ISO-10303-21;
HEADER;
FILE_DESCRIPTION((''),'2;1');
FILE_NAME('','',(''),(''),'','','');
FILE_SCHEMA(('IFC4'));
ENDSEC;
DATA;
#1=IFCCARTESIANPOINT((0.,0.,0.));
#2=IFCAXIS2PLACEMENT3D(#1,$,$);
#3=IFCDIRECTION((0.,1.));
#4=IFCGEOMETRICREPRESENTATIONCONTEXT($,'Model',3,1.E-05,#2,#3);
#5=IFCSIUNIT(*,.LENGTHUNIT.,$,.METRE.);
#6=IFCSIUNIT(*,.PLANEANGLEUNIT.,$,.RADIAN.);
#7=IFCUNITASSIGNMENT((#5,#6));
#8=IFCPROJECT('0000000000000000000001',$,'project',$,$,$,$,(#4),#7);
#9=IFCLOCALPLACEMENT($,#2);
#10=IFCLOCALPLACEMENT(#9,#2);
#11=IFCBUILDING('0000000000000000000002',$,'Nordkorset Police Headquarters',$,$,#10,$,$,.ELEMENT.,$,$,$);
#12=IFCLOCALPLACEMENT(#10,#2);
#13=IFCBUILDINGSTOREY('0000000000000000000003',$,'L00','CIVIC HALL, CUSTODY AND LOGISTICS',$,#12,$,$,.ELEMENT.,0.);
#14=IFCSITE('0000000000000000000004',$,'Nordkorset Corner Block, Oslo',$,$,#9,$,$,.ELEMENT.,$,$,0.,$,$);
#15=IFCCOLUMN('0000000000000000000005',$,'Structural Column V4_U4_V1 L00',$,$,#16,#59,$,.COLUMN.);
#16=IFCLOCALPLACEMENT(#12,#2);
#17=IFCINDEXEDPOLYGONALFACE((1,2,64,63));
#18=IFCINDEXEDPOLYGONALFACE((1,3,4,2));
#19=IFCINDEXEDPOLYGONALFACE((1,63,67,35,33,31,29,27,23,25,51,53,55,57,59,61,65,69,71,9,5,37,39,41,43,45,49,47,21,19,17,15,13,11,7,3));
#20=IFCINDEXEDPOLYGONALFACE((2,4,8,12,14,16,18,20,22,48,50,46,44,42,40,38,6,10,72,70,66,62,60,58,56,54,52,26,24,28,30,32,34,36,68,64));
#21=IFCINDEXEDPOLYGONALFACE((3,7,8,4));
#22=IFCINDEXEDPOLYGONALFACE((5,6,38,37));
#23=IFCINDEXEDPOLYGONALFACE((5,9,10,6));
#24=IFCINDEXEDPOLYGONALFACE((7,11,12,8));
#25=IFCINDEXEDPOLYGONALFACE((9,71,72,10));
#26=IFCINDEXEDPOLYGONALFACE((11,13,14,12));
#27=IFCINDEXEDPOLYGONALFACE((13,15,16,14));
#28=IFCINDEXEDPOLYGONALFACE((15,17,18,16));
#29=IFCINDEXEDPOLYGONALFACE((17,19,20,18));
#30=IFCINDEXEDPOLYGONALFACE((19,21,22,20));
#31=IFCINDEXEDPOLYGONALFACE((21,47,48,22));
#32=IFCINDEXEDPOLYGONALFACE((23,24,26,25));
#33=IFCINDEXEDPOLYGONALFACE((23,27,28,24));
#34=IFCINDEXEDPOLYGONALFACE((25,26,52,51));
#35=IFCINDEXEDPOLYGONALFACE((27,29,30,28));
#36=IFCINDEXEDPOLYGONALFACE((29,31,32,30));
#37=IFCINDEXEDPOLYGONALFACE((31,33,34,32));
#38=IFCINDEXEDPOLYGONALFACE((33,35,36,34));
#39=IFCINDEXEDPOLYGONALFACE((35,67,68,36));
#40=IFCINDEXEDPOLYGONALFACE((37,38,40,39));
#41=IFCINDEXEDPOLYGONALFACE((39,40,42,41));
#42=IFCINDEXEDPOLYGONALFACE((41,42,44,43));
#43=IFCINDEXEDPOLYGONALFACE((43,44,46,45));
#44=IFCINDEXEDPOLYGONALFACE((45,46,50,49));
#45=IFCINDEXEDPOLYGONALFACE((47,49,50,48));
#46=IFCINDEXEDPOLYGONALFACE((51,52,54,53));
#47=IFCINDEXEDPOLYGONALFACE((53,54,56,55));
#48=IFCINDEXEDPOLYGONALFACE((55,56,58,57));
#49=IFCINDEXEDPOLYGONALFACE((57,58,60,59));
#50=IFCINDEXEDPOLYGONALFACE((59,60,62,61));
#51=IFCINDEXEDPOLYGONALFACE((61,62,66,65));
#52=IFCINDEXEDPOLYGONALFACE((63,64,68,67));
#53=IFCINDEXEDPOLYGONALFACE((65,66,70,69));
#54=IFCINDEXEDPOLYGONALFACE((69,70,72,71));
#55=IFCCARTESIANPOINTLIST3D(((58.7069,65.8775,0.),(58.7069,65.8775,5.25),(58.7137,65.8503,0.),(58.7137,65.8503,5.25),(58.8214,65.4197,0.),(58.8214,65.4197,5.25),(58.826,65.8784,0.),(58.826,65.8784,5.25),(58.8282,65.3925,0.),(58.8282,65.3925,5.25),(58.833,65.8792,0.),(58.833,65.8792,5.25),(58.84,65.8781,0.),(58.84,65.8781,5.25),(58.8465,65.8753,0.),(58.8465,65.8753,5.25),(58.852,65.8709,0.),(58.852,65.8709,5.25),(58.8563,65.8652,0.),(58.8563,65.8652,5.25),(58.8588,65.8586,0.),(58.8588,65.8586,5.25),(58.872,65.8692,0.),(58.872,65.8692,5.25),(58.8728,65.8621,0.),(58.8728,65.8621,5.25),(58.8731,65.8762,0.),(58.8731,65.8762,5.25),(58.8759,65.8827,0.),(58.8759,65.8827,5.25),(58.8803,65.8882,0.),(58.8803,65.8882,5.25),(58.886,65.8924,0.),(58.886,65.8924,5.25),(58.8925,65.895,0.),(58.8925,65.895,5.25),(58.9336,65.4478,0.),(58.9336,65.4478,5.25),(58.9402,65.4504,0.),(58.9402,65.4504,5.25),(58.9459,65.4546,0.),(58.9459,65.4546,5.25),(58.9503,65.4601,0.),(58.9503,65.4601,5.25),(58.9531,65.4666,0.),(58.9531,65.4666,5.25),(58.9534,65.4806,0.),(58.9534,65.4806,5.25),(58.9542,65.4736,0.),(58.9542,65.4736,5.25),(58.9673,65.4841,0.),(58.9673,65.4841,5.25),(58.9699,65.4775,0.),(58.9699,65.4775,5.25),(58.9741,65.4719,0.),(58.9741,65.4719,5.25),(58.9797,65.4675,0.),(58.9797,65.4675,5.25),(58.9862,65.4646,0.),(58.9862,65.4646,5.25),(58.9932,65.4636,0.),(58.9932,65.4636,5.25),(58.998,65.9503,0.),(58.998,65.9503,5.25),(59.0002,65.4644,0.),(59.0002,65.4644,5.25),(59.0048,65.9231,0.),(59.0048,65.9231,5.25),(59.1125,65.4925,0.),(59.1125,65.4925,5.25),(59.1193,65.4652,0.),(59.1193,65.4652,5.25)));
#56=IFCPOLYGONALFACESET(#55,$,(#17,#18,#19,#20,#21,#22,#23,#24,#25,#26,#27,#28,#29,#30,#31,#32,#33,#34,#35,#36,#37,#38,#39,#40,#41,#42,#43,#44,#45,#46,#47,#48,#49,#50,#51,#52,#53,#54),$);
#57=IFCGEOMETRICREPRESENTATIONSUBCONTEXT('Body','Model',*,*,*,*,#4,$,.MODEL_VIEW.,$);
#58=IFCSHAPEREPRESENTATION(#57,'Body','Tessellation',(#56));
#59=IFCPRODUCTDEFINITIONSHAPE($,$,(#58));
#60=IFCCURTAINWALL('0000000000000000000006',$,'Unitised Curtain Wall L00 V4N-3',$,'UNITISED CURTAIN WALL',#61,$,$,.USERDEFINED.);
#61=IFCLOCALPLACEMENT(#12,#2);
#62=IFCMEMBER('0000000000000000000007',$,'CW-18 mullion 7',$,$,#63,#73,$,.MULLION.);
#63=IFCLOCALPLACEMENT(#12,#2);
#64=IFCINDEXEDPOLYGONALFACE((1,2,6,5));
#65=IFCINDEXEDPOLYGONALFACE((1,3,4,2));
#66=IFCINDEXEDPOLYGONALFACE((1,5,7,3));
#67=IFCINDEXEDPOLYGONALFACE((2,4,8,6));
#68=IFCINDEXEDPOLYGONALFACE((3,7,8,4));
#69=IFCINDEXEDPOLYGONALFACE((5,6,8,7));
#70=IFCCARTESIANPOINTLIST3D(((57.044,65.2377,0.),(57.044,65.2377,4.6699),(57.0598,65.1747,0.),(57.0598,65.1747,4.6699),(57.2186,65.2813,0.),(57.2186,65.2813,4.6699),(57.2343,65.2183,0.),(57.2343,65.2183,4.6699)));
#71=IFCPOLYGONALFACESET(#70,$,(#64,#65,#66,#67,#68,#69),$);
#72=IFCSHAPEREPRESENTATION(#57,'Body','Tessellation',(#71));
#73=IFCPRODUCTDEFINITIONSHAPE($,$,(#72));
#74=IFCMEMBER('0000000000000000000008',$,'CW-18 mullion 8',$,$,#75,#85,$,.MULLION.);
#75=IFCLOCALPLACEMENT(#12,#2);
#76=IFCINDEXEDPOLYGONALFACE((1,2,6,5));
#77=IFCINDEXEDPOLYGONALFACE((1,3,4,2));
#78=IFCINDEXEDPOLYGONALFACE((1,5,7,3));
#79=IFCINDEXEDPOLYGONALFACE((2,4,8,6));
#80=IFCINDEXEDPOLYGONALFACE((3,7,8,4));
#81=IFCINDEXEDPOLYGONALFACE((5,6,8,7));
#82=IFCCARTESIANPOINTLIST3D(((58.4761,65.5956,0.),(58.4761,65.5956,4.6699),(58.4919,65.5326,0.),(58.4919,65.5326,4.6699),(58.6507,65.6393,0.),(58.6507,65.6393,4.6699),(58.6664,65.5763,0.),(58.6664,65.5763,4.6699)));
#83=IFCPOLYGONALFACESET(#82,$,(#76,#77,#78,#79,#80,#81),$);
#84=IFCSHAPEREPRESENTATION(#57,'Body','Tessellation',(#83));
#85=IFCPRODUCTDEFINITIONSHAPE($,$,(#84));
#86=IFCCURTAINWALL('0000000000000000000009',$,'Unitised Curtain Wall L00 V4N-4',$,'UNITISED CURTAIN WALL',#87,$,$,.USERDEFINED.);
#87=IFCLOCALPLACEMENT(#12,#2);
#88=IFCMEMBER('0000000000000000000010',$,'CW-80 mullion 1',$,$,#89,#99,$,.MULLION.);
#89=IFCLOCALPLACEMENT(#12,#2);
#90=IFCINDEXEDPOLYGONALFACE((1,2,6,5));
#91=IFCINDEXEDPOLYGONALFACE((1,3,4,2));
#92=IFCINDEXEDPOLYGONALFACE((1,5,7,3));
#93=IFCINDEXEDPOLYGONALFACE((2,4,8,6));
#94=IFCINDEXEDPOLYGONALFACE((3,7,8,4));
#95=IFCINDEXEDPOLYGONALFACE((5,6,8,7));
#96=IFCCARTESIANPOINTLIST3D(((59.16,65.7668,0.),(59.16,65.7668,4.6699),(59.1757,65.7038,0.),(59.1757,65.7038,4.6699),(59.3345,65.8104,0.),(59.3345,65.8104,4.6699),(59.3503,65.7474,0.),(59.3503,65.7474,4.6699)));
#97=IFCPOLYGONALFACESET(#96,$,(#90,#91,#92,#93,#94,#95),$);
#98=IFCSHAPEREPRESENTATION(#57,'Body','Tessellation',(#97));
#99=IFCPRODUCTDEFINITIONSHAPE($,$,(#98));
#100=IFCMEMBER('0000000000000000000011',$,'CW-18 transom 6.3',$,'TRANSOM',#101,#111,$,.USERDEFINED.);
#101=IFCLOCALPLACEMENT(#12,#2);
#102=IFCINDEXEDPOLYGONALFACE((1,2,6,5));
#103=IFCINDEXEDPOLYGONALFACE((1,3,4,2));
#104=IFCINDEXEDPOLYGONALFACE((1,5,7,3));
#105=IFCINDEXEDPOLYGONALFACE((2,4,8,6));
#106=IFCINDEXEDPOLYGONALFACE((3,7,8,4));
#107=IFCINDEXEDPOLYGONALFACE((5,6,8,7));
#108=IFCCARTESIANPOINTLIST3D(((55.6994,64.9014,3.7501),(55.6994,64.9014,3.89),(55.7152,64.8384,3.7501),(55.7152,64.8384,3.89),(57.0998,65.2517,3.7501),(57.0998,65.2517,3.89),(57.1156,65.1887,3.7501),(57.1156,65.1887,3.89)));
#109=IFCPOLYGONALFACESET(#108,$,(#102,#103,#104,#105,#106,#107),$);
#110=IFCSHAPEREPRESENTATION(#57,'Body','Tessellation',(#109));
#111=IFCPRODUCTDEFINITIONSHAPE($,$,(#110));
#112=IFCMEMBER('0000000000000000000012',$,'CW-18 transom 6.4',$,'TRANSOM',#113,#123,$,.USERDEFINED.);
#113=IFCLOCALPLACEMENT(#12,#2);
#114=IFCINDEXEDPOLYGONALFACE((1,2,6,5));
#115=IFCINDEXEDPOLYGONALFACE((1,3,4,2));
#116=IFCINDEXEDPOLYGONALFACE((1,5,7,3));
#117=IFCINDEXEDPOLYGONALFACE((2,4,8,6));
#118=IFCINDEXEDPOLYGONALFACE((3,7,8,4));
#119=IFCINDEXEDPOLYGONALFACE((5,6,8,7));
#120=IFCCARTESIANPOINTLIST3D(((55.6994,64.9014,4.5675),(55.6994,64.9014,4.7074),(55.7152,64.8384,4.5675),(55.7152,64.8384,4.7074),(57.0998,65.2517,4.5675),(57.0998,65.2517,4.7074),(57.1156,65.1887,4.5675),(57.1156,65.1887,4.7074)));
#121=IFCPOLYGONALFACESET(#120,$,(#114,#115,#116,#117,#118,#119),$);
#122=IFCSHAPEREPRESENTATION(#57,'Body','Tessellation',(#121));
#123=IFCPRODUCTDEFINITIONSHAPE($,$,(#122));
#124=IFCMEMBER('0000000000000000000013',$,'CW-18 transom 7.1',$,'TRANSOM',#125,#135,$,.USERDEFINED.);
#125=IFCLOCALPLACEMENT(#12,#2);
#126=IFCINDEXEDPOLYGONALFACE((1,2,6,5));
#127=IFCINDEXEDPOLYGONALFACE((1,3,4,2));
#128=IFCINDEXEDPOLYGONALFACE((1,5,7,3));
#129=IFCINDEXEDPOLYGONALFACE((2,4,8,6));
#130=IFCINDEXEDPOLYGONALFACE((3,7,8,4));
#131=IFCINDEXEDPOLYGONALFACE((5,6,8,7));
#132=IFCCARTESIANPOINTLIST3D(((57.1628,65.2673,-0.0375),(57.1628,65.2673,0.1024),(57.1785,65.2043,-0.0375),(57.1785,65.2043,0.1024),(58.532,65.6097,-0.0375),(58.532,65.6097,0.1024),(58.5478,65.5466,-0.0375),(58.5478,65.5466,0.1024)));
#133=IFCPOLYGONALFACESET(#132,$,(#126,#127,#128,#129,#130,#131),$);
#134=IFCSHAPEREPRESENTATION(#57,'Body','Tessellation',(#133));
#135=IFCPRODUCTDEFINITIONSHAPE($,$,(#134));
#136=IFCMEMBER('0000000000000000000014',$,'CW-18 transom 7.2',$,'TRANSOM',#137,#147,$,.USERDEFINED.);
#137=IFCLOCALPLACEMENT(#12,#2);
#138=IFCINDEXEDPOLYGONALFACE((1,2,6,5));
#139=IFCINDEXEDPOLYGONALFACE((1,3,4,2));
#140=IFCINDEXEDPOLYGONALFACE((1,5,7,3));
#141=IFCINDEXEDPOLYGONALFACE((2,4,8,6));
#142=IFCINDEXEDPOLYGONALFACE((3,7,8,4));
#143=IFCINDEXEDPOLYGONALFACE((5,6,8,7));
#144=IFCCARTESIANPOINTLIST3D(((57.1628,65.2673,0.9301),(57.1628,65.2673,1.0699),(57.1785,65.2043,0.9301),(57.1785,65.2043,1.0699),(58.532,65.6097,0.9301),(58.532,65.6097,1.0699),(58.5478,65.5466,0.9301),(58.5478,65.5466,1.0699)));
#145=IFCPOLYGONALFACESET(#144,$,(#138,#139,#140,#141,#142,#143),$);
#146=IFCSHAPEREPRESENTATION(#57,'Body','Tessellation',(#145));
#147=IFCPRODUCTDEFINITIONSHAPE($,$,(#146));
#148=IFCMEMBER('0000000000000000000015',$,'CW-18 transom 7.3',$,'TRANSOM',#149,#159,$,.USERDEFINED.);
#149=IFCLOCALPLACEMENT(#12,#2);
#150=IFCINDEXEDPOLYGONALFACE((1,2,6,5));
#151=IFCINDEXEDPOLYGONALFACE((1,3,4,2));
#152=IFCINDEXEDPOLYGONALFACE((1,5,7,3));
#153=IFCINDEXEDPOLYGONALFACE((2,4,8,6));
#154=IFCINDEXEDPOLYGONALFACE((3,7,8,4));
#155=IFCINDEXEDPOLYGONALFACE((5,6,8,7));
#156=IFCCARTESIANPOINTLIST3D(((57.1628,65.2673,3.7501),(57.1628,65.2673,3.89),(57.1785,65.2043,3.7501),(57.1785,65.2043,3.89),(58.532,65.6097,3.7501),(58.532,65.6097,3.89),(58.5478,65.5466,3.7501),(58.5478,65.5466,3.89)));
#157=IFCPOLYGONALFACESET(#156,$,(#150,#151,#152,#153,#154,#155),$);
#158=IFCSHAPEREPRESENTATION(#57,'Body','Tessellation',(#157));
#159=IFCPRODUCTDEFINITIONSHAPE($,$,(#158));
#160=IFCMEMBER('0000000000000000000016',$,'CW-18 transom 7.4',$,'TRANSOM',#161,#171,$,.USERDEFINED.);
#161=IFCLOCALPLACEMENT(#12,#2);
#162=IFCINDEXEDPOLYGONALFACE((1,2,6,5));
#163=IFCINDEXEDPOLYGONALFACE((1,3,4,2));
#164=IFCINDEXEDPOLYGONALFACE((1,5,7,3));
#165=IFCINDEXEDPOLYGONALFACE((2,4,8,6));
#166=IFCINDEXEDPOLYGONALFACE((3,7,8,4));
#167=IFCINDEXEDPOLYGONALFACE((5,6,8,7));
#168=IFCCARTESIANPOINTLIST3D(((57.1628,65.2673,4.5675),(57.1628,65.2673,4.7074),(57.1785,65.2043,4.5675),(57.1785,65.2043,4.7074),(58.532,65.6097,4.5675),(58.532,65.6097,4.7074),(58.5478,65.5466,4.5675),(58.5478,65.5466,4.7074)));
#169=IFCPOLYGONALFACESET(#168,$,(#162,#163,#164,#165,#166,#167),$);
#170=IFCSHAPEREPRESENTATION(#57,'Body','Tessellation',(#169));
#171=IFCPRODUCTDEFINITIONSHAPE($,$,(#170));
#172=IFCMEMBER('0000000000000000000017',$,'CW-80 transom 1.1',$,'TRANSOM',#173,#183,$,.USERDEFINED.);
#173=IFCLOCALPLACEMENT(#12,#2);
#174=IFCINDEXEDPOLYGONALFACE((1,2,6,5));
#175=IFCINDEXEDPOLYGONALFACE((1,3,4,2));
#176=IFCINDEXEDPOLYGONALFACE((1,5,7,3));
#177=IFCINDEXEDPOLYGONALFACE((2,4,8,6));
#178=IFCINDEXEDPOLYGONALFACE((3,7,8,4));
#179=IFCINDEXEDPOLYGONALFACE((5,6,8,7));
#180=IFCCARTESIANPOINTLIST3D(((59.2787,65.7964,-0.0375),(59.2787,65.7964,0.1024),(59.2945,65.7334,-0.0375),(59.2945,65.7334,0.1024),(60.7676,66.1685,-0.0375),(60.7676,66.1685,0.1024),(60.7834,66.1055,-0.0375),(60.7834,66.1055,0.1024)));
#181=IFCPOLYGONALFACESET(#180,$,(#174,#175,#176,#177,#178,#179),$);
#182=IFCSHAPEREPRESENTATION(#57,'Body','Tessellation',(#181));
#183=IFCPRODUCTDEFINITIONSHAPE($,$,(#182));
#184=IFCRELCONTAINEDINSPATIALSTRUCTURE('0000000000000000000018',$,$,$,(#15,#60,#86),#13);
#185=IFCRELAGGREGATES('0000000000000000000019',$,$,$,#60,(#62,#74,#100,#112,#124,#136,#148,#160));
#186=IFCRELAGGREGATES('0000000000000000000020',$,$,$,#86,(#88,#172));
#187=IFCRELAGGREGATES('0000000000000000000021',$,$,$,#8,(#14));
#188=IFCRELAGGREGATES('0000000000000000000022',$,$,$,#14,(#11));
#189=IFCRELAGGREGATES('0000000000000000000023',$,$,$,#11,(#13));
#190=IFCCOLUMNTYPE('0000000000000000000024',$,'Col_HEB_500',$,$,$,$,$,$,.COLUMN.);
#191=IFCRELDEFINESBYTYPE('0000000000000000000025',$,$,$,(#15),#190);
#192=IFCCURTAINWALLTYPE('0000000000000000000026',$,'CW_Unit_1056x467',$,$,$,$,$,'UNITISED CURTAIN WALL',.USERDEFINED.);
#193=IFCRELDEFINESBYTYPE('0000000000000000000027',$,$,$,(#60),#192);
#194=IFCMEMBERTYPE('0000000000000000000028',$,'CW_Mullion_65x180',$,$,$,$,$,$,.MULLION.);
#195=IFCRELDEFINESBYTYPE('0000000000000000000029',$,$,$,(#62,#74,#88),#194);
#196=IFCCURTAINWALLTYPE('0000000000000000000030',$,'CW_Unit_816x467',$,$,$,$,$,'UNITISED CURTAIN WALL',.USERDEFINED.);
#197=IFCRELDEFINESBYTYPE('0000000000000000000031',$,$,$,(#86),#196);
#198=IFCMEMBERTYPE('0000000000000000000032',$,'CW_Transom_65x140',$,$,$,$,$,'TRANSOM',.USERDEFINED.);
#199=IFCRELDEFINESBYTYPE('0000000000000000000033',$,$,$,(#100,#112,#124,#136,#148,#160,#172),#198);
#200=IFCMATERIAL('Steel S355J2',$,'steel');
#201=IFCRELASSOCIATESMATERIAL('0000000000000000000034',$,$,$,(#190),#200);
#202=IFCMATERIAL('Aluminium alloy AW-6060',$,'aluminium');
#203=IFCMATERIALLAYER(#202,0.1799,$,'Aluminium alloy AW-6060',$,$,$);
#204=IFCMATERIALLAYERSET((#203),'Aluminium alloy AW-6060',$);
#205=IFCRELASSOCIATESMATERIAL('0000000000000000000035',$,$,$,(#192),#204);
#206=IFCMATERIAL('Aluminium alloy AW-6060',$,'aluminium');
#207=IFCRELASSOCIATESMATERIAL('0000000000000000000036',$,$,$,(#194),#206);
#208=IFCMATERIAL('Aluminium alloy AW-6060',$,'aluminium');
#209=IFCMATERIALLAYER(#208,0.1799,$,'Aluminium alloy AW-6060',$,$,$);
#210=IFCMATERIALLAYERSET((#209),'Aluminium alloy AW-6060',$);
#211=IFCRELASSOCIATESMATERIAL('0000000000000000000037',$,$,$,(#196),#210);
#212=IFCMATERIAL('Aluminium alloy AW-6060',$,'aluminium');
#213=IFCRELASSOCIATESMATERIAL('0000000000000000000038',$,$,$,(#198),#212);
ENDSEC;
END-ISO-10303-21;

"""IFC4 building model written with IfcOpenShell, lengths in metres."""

from ifc_helpers import new_model, si_unit, direction, frame, origin, origin_2d, place, context, subcontext, project, spatial, rectangle, i_section, extrude, material, layer, layer_set, material_profile, profile_set, type_object, element, aggregate, save


model = new_model("IFC4")

# Units and contexts
model_context = context("Model", 3, precision=1e-05, world=origin(), true_north=direction((0.0, 1.0)))
body_context = subcontext(model_context, "Body", "Model", "MODEL_VIEW")
ifc_project = project(units=[si_unit("LENGTHUNIT", "METRE"), si_unit("PLANEANGLEUNIT", "RADIAN")], contexts=[model_context])

# Site, building, storey
site_placement = place(None, origin())
site = spatial("IfcSite", under=ifc_project, at=site_placement, Name="Nordkorset Corner Block, Oslo", CompositionType="ELEMENT", RefElevation=0.0)
building_placement = place(site_placement, origin())
building = spatial("IfcBuilding", under=site, at=building_placement, Name="Nordkorset Police Headquarters", CompositionType="ELEMENT")
storey_placement = place(building_placement, origin())
storey = spatial("IfcBuildingStorey", under=building, at=storey_placement, Name="L00", Description="CIVIC HALL, CUSTODY AND LOGISTICS", CompositionType="ELEMENT", Elevation=0.0)

# Column
ifc_material_1 = material(Name="Steel S355J2", Category="steel")
ifc_material_profile_1 = material_profile(ifc_material_1, i_section(OverallWidth=0.3, OverallDepth=0.5, WebThickness=0.0144, FlangeThickness=0.0281, FilletRadius=0.0271, at=origin_2d()), Name="HEB 500")
ifc_profile_set_1 = profile_set([ifc_material_profile_1], Name="Steel S355J2")
column_type = type_object("IfcColumnType", Name="Col_HEB_500", PredefinedType="COLUMN", material=ifc_profile_set_1)
column_placement = place(storey_placement, frame((58.9131, 65.6714, 0.0), z_axis=(0.0, 0.0, 1.0), x_axis=(0.970143, 0.242536, 0.0)))
element("IfcColumn", 1, at=column_placement, inside=storey, type_object=column_type, Name="Structural Column V4_U4_V1 L00", PredefinedType="COLUMN", context=body_context, shape_type="SweptSolid", body=[
    extrude(i_section(OverallWidth=0.3, OverallDepth=0.5, WebThickness=0.0144, FlangeThickness=0.0281, FilletRadius=0.0271, at=origin_2d()), origin(), (0.0, 0.0, 1.0), 5.25),
])

# Curtain wall, members
ifc_material_2 = material(Name="Aluminium alloy AW-6060", Category="aluminium")
ifc_layer_1 = layer(ifc_material_2, 0.1799, Name="Aluminium alloy AW-6060")
ifc_layer_set_1 = layer_set([ifc_layer_1], Name="Aluminium alloy AW-6060")
curtain_wall_type_1 = type_object("IfcCurtainWallType", Name="CW_Unit_1056x467", ElementType="UNITISED CURTAIN WALL", PredefinedType="USERDEFINED", material=ifc_layer_set_1)
curtain_wall_1_placement = place(storey_placement, origin())
curtain_wall_1 = element("IfcCurtainWall", 2, at=curtain_wall_1_placement, inside=storey, type_object=curtain_wall_type_1, Name="Unitised Curtain Wall L00 V4N-3", ObjectType="UNITISED CURTAIN WALL", PredefinedType="USERDEFINED")
ifc_material_3 = material(Name="Aluminium alloy AW-6060", Category="aluminium")
ifc_material_profile_2 = material_profile(ifc_material_3, rectangle(XDim=0.0649, YDim=0.1799, at=origin_2d()), Name="ALU MULL 65x180")
ifc_profile_set_2 = profile_set([ifc_material_profile_2], Name="Aluminium alloy AW-6060")
member_type_1 = type_object("IfcMemberType", Name="CW_Mullion_65x180", PredefinedType="MULLION", material=ifc_profile_set_2)
member_1_placement = place(storey_placement, frame((57.1392, 65.228, 0.0), z_axis=(0.0, 0.0, 1.0), x_axis=(-0.242536, 0.970142, 0.0)))
member_1 = element("IfcMember", 3, at=member_1_placement, type_object=member_type_1, Name="CW-18 mullion 7", PredefinedType="MULLION", context=body_context, shape_type="SweptSolid", body=[
    extrude(rectangle(XDim=0.0649, YDim=0.1799, at=origin_2d()), origin(), (0.0, 0.0, 1.0), 4.6699),
])
member_2_placement = place(storey_placement, frame((58.5713, 65.5859, 0.0), z_axis=(0.0, 0.0, 1.0), x_axis=(-0.242536, 0.970142, 0.0)))
member_2 = element("IfcMember", 4, at=member_2_placement, type_object=member_type_1, Name="CW-18 mullion 8", PredefinedType="MULLION", context=body_context, shape_type="SweptSolid", body=[
    extrude(rectangle(XDim=0.0649, YDim=0.1799, at=origin_2d()), origin(), (0.0, 0.0, 1.0), 4.6699),
])

# Curtain wall, member
ifc_material_4 = material(Name="Aluminium alloy AW-6060", Category="aluminium")
ifc_layer_2 = layer(ifc_material_4, 0.1799, Name="Aluminium alloy AW-6060")
ifc_layer_set_2 = layer_set([ifc_layer_2], Name="Aluminium alloy AW-6060")
curtain_wall_type_2 = type_object("IfcCurtainWallType", Name="CW_Unit_816x467", ElementType="UNITISED CURTAIN WALL", PredefinedType="USERDEFINED", material=ifc_layer_set_2)
curtain_wall_2_placement = place(storey_placement, origin())
curtain_wall_2 = element("IfcCurtainWall", 5, at=curtain_wall_2_placement, inside=storey, type_object=curtain_wall_type_2, Name="Unitised Curtain Wall L00 V4N-4", ObjectType="UNITISED CURTAIN WALL", PredefinedType="USERDEFINED")
member_3_placement = place(storey_placement, frame((59.2551, 65.7571, 0.0), z_axis=(0.0, 0.0, 1.0), x_axis=(-0.242535, 0.970143, 0.0)))
member_3 = element("IfcMember", 6, at=member_3_placement, type_object=member_type_1, Name="CW-80 mullion 1", PredefinedType="MULLION", context=body_context, shape_type="SweptSolid", body=[
    extrude(rectangle(XDim=0.0649, YDim=0.1799, at=origin_2d()), origin(), (0.0, 0.0, 1.0), 4.6699),
])

# Members
ifc_material_5 = material(Name="Aluminium alloy AW-6060", Category="aluminium")
ifc_material_profile_3 = material_profile(ifc_material_5, rectangle(XDim=0.0649, YDim=0.1399, at=origin_2d()), Name="ALU TRAN 65x140")
ifc_profile_set_3 = profile_set([ifc_material_profile_3], Name="Aluminium alloy AW-6060")
member_type_2 = type_object("IfcMemberType", Name="CW_Transom_65x140", ElementType="TRANSOM", PredefinedType="USERDEFINED", material=ifc_profile_set_3)
member_4_placement = place(storey_placement, frame((55.7073, 64.8699, 3.8201), z_axis=(0.970103, 0.242695, 0.0), x_axis=(-0.242695, 0.970103, 0.0)))
member_4 = element("IfcMember", 7, at=member_4_placement, type_object=member_type_2, Name="CW-18 transom 6.3", ObjectType="TRANSOM", PredefinedType="USERDEFINED", context=body_context, shape_type="SweptSolid", body=[
    extrude(rectangle(XDim=0.0649, YDim=0.1399, at=origin_2d()), origin(), (0.0, 0.0, 1.0), 1.4436),
])
member_5_placement = place(storey_placement, frame((55.7073, 64.8699, 4.6375), z_axis=(0.970103, 0.242695, 0.0), x_axis=(-0.242695, 0.970103, 0.0)))
member_5 = element("IfcMember", 8, at=member_5_placement, type_object=member_type_2, Name="CW-18 transom 6.4", ObjectType="TRANSOM", PredefinedType="USERDEFINED", context=body_context, shape_type="SweptSolid", body=[
    extrude(rectangle(XDim=0.0649, YDim=0.1399, at=origin_2d()), origin(), (0.0, 0.0, 1.0), 1.4436),
])
member_6_placement = place(storey_placement, frame((57.1707, 65.2358, 0.0325), z_axis=(0.970143, 0.242536, 0.0), x_axis=(-0.242536, 0.970143, 0.0)))
member_6 = element("IfcMember", 9, at=member_6_placement, type_object=member_type_2, Name="CW-18 transom 7.1", ObjectType="TRANSOM", PredefinedType="USERDEFINED", context=body_context, shape_type="SweptSolid", body=[
    extrude(rectangle(XDim=0.0649, YDim=0.1399, at=origin_2d()), origin(), (0.0, 0.0, 1.0), 1.4114),
])
member_7_placement = place(storey_placement, frame((57.1707, 65.2358, 1.0), z_axis=(0.970143, 0.242536, 0.0), x_axis=(-0.242536, 0.970143, 0.0)))
member_7 = element("IfcMember", 10, at=member_7_placement, type_object=member_type_2, Name="CW-18 transom 7.2", ObjectType="TRANSOM", PredefinedType="USERDEFINED", context=body_context, shape_type="SweptSolid", body=[
    extrude(rectangle(XDim=0.0649, YDim=0.1399, at=origin_2d()), origin(), (0.0, 0.0, 1.0), 1.4114),
])
member_8_placement = place(storey_placement, frame((57.1707, 65.2358, 3.8201), z_axis=(0.970143, 0.242536, 0.0), x_axis=(-0.242536, 0.970143, 0.0)))
member_8 = element("IfcMember", 11, at=member_8_placement, type_object=member_type_2, Name="CW-18 transom 7.3", ObjectType="TRANSOM", PredefinedType="USERDEFINED", context=body_context, shape_type="SweptSolid", body=[
    extrude(rectangle(XDim=0.0649, YDim=0.1399, at=origin_2d()), origin(), (0.0, 0.0, 1.0), 1.4114),
])
member_9_placement = place(storey_placement, frame((57.1707, 65.2358, 4.6375), z_axis=(0.970143, 0.242536, 0.0), x_axis=(-0.242536, 0.970143, 0.0)))
member_9 = element("IfcMember", 12, at=member_9_placement, type_object=member_type_2, Name="CW-18 transom 7.4", ObjectType="TRANSOM", PredefinedType="USERDEFINED", context=body_context, shape_type="SweptSolid", body=[
    extrude(rectangle(XDim=0.0649, YDim=0.1399, at=origin_2d()), origin(), (0.0, 0.0, 1.0), 1.4114),
])
member_10_placement = place(storey_placement, frame((59.2866, 65.7649, 0.0325), z_axis=(0.970161, 0.242461, 0.0), x_axis=(-0.242461, 0.970161, 0.0)))
member_10 = element("IfcMember", 13, at=member_10_placement, type_object=member_type_2, Name="CW-80 transom 1.1", ObjectType="TRANSOM", PredefinedType="USERDEFINED", context=body_context, shape_type="SweptSolid", body=[
    extrude(rectangle(XDim=0.0649, YDim=0.1399, at=origin_2d()), origin(), (0.0, 0.0, 1.0), 1.5347),
])

aggregate(curtain_wall_1, [member_1, member_2, member_4, member_5, member_6, member_7, member_8, member_9])
aggregate(curtain_wall_2, [member_3, member_10])

save(model, "model.ifc")
